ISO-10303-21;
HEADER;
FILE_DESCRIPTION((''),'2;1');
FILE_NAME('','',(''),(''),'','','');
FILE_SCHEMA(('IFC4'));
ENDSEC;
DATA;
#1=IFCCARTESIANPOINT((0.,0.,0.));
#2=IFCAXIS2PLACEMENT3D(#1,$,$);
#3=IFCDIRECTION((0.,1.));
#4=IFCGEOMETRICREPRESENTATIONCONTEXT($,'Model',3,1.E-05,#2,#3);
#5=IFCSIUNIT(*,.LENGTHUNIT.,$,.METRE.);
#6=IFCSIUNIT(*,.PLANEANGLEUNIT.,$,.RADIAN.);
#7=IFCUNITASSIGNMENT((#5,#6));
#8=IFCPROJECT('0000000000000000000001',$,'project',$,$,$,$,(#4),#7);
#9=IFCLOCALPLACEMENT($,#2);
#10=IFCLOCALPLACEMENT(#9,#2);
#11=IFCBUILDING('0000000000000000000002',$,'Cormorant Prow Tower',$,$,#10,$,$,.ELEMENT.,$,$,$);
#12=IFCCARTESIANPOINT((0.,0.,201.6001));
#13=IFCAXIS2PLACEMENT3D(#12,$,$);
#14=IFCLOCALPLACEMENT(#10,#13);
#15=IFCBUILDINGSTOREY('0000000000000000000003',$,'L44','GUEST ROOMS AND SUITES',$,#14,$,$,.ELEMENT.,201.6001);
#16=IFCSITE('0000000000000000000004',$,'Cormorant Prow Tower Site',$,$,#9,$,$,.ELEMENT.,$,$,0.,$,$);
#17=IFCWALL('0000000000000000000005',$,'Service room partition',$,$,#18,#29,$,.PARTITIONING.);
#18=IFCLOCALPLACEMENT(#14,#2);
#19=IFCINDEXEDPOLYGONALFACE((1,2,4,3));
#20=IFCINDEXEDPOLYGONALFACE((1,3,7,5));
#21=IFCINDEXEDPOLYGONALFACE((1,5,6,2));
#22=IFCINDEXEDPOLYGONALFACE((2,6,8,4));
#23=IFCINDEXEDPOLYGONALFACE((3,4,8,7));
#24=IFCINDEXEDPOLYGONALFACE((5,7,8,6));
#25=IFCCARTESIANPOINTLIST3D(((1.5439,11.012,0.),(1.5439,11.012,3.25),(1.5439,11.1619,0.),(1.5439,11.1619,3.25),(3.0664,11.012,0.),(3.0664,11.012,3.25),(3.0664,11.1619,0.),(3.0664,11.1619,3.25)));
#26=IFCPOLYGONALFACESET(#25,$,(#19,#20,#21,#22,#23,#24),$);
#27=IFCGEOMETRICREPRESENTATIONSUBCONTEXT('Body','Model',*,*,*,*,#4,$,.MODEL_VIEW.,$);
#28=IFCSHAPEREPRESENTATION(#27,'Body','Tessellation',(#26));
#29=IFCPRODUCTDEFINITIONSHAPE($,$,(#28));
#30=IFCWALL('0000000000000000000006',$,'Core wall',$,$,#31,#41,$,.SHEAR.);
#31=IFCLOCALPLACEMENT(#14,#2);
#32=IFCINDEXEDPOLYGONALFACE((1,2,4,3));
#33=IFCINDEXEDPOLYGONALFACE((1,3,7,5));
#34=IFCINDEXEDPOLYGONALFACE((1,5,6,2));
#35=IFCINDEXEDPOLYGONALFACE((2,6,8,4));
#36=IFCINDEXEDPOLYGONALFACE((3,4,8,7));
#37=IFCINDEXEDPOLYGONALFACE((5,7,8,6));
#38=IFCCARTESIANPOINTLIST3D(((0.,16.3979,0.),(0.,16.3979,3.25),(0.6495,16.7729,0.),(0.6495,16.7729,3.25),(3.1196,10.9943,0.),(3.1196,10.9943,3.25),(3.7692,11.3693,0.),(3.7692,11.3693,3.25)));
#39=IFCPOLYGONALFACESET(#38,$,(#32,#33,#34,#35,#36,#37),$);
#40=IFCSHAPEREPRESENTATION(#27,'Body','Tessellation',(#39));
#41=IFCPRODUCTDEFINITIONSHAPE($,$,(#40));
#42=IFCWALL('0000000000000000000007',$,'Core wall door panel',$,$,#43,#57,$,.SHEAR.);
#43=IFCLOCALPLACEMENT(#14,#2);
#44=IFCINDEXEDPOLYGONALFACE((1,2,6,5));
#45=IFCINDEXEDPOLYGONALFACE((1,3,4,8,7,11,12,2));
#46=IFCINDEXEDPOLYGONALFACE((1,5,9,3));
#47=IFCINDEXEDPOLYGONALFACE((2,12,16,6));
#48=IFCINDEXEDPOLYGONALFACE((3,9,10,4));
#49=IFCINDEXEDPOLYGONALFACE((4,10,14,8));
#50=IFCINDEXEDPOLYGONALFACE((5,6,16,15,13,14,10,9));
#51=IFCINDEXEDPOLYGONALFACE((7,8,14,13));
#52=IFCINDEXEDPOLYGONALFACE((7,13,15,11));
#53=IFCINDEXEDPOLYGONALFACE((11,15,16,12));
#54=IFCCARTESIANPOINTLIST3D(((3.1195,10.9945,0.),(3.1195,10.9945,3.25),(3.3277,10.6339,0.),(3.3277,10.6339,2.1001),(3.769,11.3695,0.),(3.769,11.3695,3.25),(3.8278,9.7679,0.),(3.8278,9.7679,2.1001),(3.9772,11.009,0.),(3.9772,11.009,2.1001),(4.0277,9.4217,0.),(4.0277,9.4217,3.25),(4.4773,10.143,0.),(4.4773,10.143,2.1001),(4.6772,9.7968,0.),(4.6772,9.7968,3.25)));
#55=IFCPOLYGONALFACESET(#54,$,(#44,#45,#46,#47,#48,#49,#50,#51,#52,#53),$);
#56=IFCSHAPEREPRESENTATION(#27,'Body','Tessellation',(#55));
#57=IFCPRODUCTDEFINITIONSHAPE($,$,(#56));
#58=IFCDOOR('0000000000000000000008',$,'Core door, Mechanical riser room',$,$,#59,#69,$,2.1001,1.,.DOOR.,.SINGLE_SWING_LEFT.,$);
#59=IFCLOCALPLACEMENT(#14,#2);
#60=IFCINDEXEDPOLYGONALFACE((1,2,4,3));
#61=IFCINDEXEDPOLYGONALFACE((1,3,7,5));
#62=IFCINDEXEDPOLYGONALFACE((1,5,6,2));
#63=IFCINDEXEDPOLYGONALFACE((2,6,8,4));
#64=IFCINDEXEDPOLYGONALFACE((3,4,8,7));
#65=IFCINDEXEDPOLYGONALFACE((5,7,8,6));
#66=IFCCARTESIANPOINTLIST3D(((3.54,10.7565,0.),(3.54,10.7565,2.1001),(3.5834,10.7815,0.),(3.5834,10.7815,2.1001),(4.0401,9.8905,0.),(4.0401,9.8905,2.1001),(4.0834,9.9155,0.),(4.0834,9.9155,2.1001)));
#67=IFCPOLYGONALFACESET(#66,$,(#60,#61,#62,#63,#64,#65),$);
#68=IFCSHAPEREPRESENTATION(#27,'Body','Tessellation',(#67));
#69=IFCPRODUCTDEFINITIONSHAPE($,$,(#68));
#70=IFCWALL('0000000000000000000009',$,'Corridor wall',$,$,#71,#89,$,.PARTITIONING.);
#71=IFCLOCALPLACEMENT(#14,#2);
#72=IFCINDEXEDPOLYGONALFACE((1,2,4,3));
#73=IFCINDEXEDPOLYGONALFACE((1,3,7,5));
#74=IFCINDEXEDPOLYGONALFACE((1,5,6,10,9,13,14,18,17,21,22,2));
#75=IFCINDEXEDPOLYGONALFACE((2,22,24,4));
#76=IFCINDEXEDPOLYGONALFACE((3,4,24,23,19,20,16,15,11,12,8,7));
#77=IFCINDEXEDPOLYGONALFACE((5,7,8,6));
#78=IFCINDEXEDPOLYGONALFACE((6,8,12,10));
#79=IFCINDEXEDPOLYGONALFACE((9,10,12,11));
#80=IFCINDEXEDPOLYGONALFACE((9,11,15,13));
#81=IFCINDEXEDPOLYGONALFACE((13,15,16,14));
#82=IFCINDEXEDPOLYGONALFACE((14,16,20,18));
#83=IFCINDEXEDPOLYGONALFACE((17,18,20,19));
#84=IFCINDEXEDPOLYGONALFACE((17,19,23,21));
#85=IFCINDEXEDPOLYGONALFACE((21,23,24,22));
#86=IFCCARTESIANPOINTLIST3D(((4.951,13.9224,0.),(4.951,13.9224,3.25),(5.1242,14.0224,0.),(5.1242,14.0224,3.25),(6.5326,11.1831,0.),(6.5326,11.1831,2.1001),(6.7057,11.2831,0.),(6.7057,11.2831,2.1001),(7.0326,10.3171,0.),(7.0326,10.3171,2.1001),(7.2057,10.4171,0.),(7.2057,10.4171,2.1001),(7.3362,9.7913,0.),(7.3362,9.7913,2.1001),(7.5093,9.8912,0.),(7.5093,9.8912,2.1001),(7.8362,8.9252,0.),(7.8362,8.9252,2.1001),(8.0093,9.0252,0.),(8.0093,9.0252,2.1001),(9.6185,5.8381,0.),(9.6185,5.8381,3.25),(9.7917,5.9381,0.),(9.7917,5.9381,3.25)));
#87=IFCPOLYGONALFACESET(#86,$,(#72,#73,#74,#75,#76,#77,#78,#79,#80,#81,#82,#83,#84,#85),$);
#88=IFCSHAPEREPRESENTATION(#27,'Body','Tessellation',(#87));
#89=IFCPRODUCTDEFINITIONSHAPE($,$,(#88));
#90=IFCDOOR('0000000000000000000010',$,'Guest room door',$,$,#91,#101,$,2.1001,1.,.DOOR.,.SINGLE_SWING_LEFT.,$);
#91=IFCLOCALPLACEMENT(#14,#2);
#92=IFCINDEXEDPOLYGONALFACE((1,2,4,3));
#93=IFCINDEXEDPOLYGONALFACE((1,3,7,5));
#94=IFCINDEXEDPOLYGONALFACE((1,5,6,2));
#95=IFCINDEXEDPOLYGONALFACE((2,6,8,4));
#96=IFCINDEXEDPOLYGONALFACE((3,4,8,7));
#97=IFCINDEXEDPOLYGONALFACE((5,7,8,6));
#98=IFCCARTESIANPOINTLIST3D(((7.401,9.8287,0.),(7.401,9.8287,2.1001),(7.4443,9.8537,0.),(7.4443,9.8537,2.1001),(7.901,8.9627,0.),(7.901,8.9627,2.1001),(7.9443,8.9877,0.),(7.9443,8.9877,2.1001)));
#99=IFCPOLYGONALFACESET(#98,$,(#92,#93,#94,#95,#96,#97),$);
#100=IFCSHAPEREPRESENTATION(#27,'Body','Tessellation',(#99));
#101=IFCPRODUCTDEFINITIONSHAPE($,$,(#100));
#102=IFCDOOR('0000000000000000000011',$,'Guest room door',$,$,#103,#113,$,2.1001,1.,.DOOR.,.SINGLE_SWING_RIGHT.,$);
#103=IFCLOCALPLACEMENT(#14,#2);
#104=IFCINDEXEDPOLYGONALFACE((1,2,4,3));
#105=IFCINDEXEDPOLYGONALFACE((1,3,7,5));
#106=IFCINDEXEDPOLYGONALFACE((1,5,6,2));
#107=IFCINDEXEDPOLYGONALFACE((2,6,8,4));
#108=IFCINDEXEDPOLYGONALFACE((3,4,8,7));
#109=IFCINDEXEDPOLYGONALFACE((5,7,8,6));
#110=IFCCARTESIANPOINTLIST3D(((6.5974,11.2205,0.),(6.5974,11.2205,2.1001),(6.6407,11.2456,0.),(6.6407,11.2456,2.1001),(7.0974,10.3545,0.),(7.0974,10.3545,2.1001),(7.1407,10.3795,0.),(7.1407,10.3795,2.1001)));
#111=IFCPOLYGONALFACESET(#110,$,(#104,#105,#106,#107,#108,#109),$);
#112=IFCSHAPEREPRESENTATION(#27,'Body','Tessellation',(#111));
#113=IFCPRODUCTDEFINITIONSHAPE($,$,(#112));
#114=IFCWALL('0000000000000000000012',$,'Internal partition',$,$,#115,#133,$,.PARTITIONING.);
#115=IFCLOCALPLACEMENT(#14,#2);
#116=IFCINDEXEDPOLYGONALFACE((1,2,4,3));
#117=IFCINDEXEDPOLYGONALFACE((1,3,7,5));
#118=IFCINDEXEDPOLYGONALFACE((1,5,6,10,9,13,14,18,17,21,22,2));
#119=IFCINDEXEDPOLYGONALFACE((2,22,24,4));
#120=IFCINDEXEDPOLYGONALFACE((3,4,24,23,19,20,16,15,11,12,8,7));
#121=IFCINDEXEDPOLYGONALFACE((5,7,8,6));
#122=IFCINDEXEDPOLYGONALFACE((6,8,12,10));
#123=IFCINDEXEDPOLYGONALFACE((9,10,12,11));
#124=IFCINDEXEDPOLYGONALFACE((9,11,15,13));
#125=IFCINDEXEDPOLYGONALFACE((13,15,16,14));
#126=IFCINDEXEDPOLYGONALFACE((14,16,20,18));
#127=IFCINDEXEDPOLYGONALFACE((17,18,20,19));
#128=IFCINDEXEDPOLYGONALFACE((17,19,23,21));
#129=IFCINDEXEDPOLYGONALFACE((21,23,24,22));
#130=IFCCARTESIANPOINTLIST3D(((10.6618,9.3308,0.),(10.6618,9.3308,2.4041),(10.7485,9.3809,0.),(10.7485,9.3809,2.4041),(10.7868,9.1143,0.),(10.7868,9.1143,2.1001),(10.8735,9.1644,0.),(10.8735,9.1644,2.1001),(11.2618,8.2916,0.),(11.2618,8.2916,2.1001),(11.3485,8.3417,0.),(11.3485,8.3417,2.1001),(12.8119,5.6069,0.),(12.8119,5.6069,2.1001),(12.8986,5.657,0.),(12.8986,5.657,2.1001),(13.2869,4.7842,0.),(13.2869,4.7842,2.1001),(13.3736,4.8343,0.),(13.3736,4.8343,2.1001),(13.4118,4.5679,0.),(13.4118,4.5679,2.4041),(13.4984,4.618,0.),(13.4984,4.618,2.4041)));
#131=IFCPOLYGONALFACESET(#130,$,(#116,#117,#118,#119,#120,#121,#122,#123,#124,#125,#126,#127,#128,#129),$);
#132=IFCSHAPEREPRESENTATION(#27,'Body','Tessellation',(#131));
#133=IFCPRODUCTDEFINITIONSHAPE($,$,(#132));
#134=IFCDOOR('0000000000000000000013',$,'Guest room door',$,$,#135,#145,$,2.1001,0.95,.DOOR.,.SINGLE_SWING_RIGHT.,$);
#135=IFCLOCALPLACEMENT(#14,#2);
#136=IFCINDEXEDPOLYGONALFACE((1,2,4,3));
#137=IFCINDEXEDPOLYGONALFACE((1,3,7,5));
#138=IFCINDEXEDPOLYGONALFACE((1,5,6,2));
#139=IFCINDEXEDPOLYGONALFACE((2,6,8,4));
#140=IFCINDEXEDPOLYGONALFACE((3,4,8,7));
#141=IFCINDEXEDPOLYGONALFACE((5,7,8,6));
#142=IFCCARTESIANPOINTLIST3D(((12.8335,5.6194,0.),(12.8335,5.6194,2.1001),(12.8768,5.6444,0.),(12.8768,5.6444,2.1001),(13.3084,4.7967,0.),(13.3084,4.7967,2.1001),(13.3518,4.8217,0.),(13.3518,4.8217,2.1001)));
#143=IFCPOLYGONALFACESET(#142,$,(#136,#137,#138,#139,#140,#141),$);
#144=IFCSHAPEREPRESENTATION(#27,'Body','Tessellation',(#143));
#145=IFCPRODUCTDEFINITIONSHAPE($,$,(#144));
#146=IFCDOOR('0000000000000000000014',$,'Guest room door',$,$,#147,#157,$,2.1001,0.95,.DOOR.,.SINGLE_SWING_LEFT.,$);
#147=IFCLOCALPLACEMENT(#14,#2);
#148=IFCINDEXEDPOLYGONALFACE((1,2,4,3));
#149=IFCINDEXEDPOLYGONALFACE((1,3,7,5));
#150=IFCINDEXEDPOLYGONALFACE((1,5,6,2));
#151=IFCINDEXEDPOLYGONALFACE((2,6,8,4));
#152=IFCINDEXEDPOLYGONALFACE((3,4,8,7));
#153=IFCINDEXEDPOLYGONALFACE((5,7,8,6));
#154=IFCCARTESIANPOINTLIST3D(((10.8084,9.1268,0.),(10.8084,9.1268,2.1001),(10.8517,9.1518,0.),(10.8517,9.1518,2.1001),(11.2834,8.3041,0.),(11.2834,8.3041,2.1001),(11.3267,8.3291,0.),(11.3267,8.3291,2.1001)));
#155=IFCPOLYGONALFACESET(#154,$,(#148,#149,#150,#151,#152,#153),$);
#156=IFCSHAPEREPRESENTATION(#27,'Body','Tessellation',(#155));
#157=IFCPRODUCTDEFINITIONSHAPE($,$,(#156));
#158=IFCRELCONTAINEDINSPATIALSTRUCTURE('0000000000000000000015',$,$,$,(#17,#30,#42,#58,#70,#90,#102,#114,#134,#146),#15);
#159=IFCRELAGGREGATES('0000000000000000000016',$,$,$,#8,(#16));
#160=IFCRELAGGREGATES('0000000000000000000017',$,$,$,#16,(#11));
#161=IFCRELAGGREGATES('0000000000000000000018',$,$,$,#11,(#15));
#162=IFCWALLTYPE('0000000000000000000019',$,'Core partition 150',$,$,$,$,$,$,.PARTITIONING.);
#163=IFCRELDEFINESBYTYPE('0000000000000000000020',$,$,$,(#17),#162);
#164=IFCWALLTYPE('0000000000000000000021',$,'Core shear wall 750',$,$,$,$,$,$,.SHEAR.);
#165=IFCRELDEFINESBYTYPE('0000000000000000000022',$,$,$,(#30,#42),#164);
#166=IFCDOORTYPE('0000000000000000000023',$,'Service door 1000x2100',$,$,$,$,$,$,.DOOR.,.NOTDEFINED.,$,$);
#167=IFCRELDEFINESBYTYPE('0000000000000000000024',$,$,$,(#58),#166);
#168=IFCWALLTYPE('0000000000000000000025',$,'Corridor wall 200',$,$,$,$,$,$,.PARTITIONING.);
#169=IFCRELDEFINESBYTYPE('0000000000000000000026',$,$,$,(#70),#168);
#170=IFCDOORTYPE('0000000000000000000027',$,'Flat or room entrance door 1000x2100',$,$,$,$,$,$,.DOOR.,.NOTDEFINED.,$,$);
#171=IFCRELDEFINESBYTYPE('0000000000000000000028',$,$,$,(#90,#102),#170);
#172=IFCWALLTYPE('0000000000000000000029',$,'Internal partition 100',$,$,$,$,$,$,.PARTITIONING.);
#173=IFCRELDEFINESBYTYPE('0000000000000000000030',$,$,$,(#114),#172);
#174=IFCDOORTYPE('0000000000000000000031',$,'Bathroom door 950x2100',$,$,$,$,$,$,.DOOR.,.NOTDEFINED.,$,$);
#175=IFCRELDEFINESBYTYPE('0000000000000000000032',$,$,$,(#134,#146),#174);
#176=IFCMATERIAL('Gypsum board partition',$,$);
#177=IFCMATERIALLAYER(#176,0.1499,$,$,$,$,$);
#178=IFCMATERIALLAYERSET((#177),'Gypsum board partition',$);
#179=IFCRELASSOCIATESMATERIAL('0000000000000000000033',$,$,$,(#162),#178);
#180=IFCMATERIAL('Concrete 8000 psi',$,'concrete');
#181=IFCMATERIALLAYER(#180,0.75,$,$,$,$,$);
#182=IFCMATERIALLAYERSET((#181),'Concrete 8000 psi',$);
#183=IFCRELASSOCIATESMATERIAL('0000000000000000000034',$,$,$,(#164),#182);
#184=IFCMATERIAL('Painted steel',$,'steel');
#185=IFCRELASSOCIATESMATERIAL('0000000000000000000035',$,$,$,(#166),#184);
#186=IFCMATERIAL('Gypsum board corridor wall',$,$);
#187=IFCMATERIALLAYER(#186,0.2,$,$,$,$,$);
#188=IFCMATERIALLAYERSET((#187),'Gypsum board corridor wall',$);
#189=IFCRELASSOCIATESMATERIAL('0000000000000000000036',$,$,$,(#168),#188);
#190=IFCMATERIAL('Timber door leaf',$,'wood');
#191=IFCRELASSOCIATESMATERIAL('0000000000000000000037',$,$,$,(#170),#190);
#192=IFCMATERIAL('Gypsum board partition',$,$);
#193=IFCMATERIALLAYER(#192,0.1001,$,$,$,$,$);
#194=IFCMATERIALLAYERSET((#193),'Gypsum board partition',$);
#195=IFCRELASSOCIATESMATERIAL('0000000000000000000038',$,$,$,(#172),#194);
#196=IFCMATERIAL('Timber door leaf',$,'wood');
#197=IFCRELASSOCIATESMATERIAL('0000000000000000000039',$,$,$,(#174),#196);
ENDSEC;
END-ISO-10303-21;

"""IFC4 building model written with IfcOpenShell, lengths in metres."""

from ifc_helpers import new_model, si_unit, direction, frame, frame_2d, origin, place, context, subcontext, project, spatial, rectangle, extrude, material, layer, layer_set, type_object, element, fill, save


model = new_model("IFC4")

# Units and contexts
model_context = context("Model", 3, precision=1e-05, world=origin(), true_north=direction((0.0, 1.0)))
body_context = subcontext(model_context, "Body", "Model", "MODEL_VIEW")
ifc_project = project(units=[si_unit("LENGTHUNIT", "METRE"), si_unit("PLANEANGLEUNIT", "RADIAN")], contexts=[model_context])

# Site, building, storey
site_placement = place(None, origin())
site = spatial("IfcSite", under=ifc_project, at=site_placement, Name="Cormorant Prow Tower Site", CompositionType="ELEMENT", RefElevation=0.0)
building_placement = place(site_placement, origin())
building = spatial("IfcBuilding", under=site, at=building_placement, Name="Cormorant Prow Tower", CompositionType="ELEMENT")
storey_placement = place(building_placement, frame((0.0, 0.0, 201.6001)))
storey = spatial("IfcBuildingStorey", under=building, at=storey_placement, Name="L44", Description="GUEST ROOMS AND SUITES", CompositionType="ELEMENT", Elevation=201.6001)

# Walls
ifc_material_1 = material(Name="Gypsum board partition")
ifc_layer_1 = layer(ifc_material_1, 0.1499)
ifc_layer_set_1 = layer_set([ifc_layer_1], Name="Gypsum board partition")
wall_type_1 = type_object("IfcWallType", Name="Core partition 150", PredefinedType="PARTITIONING", material=ifc_layer_set_1)
wall_1_placement = place(storey_placement, frame((1.5439, 11.0869, 0.0), z_axis=(0.0, 0.0, 1.0), x_axis=(1.0, 0.0, 0.0)))
element("IfcWall", 1, at=wall_1_placement, inside=storey, type_object=wall_type_1, Name="Service room partition", PredefinedType="PARTITIONING", context=body_context, shape_type="SweptSolid", body=[
    extrude(rectangle(XDim=1.5225, YDim=0.1499, at=frame_2d((0.7612, 0.0))), origin(), (0.0, 0.0, 1.0), 3.25),
])
ifc_material_2 = material(Name="Concrete 8000 psi", Category="concrete")
ifc_layer_2 = layer(ifc_material_2, 0.75)
ifc_layer_set_2 = layer_set([ifc_layer_2], Name="Concrete 8000 psi")
wall_type_2 = type_object("IfcWallType", Name="Core shear wall 750", PredefinedType="SHEAR", material=ifc_layer_set_2)
wall_2_placement = place(storey_placement, frame((3.4443, 11.1819, 0.0), z_axis=(0.0, 0.0, 1.0), x_axis=(-0.499986, 0.866034, 0.0)))
element("IfcWall", 2, at=wall_2_placement, inside=storey, type_object=wall_type_2, Name="Core wall", PredefinedType="SHEAR", context=body_context, shape_type="SweptSolid", body=[
    extrude(rectangle(XDim=6.2395, YDim=0.75, at=frame_2d((3.1196, 0.0))), origin(), (0.0, 0.0, 1.0), 3.25),
])

# Wall, opening, door
wall_3_placement = place(storey_placement, frame((4.3525, 9.6091, 0.0), z_axis=(0.0, 0.0, 1.0), x_axis=(-0.500072, 0.865984, 0.0)))
wall_3 = element("IfcWall", 3, at=wall_3_placement, inside=storey, type_object=wall_type_2, Name="Core wall door panel", PredefinedType="SHEAR", context=body_context, shape_type="SweptSolid", body=[
    extrude(rectangle(XDim=1.8162, YDim=0.75, at=frame_2d((0.9082, 0.0))), origin(), (0.0, 0.0, 1.0), 3.25),
])
opening_1_placement = place(wall_3_placement, frame((0.3999, 0.0, 0.0)))
opening_1 = element("IfcOpeningElement", 4, at=opening_1_placement, cuts=wall_3, PredefinedType="OPENING", context=body_context, shape_type="SweptSolid", body=[
    extrude(rectangle(XDim=1.0, YDim=2.1001, at=frame_2d((0.5, 1.05))), frame((0.0, 0.385, 0.0), z_axis=(0.0, -1.0, 0.0), x_axis=(1.0, 0.0, 0.0)), (0.0, 0.0, 1.0), 0.77),
])
ifc_material_3 = material(Name="Painted steel", Category="steel")
door_type_1 = type_object("IfcDoorType", Name="Service door 1000x2100", OperationType="NOTDEFINED", PredefinedType="DOOR", material=ifc_material_3)
door_1_placement = place(opening_1_placement, origin())
door_1 = element("IfcDoor", 5, at=door_1_placement, inside=storey, type_object=door_type_1, Name="Core door, Mechanical riser room", OperationType="SINGLE_SWING_LEFT", OverallHeight=2.1001, OverallWidth=1.0, PredefinedType="DOOR", context=body_context, shape_type="SweptSolid", body=[
    extrude(rectangle(XDim=1.0, YDim=2.1001, at=frame_2d((0.5, 1.05))), frame((0.0, 0.1299, 0.0), z_axis=(0.0, -1.0, 0.0), x_axis=(1.0, 0.0, 0.0)), (0.0, 0.0, 1.0), 0.05),
])
fill(opening_1, door_1)

# Walls, openings, doors
ifc_material_4 = material(Name="Gypsum board corridor wall")
ifc_layer_3 = layer(ifc_material_4, 0.2)
ifc_layer_set_3 = layer_set([ifc_layer_3], Name="Gypsum board corridor wall")
wall_type_3 = type_object("IfcWallType", Name="Corridor wall 200", PredefinedType="PARTITIONING", material=ifc_layer_set_3)
wall_4_placement = place(storey_placement, frame((5.0376, 13.9724, 0.0), z_axis=(0.0, 0.0, 1.0), x_axis=(0.500004, -0.866023, 0.0)))
wall_4 = element("IfcWall", 6, at=wall_4_placement, inside=storey, type_object=wall_type_3, Name="Corridor wall", PredefinedType="PARTITIONING", context=body_context, shape_type="SweptSolid", body=[
    extrude(rectangle(XDim=9.335, YDim=0.2, at=frame_2d((4.6675, 0.0))), origin(), (0.0, 0.0, 1.0), 3.25),
])
opening_2_placement = place(wall_4_placement, frame((4.7703, 0.0, 0.0)))
opening_2 = element("IfcOpeningElement", 7, at=opening_2_placement, cuts=wall_4, PredefinedType="OPENING", context=body_context, shape_type="SweptSolid", body=[
    extrude(rectangle(XDim=1.0, YDim=2.1001, at=frame_2d((0.5, 1.05))), frame((0.0, 0.1099, 0.0), z_axis=(0.0, -1.0, 0.0), x_axis=(1.0, 0.0, 0.0)), (0.0, 0.0, 1.0), 0.22),
])
opening_3_placement = place(wall_4_placement, frame((3.1631, 0.0, 0.0)))
opening_3 = element("IfcOpeningElement", 8, at=opening_3_placement, cuts=wall_4, PredefinedType="OPENING", context=body_context, shape_type="SweptSolid", body=[
    extrude(rectangle(XDim=1.0, YDim=2.1001, at=frame_2d((0.5, 1.05))), frame((0.0, 0.1099, 0.0), z_axis=(0.0, -1.0, 0.0), x_axis=(1.0, 0.0, 0.0)), (0.0, 0.0, 1.0), 0.22),
])
ifc_material_5 = material(Name="Timber door leaf", Category="wood")
door_type_2 = type_object("IfcDoorType", Name="Flat or room entrance door 1000x2100", OperationType="NOTDEFINED", PredefinedType="DOOR", material=ifc_material_5)
door_2_placement = place(opening_2_placement, origin())
door_2 = element("IfcDoor", 9, at=door_2_placement, inside=storey, type_object=door_type_2, Name="Guest room door", OperationType="SINGLE_SWING_LEFT", OverallHeight=2.1001, OverallWidth=1.0, PredefinedType="DOOR", context=body_context, shape_type="SweptSolid", body=[
    extrude(rectangle(XDim=1.0, YDim=2.1001, at=frame_2d((0.5, 1.05))), frame((0.0, 0.0249, 0.0), z_axis=(0.0, -1.0, 0.0), x_axis=(1.0, 0.0, 0.0)), (0.0, 0.0, 1.0), 0.05),
])
fill(opening_2, door_2)
door_3_placement = place(opening_3_placement, origin())
door_3 = element("IfcDoor", 10, at=door_3_placement, inside=storey, type_object=door_type_2, Name="Guest room door", OperationType="SINGLE_SWING_RIGHT", OverallHeight=2.1001, OverallWidth=1.0, PredefinedType="DOOR", context=body_context, shape_type="SweptSolid", body=[
    extrude(rectangle(XDim=1.0, YDim=2.1001, at=frame_2d((0.5, 1.05))), frame((0.0, 0.0249, 0.0), z_axis=(0.0, -1.0, 0.0), x_axis=(1.0, 0.0, 0.0)), (0.0, 0.0, 1.0), 0.05),
])
fill(opening_3, door_3)
ifc_material_6 = material(Name="Gypsum board partition")
ifc_layer_4 = layer(ifc_material_6, 0.1001)
ifc_layer_set_4 = layer_set([ifc_layer_4], Name="Gypsum board partition")
wall_type_4 = type_object("IfcWallType", Name="Internal partition 100", PredefinedType="PARTITIONING", material=ifc_layer_set_4)
wall_5_placement = place(storey_placement, frame((10.7051, 9.356, 0.0), z_axis=(0.0, 0.0, 1.0), x_axis=(0.500016, -0.866016, 0.0)))
wall_5 = element("IfcWall", 11, at=wall_5_placement, inside=storey, type_object=wall_type_4, Name="Internal partition", PredefinedType="PARTITIONING", context=body_context, shape_type="SweptSolid", body=[
    extrude(rectangle(XDim=5.4998, YDim=0.1001, at=frame_2d((2.75, 0.0))), origin(), (0.0, 0.0, 1.0), 2.4041),
])
opening_4_placement = place(wall_5_placement, frame((4.3, 0.0, 0.0)))
opening_4 = element("IfcOpeningElement", 12, at=opening_4_placement, cuts=wall_5, PredefinedType="OPENING", context=body_context, shape_type="SweptSolid", body=[
    extrude(rectangle(XDim=0.95, YDim=2.1001, at=frame_2d((0.4751, 1.05))), frame((0.0, 0.0601, 0.0), z_axis=(0.0, -1.0, 0.0), x_axis=(1.0, 0.0, 0.0)), (0.0, 0.0, 1.0), 0.1201),
])
opening_5_placement = place(wall_5_placement, frame((0.25, 0.0, 0.0)))
opening_5 = element("IfcOpeningElement", 13, at=opening_5_placement, cuts=wall_5, PredefinedType="OPENING", context=body_context, shape_type="SweptSolid", body=[
    extrude(rectangle(XDim=0.95, YDim=2.1001, at=frame_2d((0.4751, 1.05))), frame((0.0, 0.0601, 0.0), z_axis=(0.0, -1.0, 0.0), x_axis=(1.0, 0.0, 0.0)), (0.0, 0.0, 1.0), 0.1201),
])
ifc_material_7 = material(Name="Timber door leaf", Category="wood")
door_type_3 = type_object("IfcDoorType", Name="Bathroom door 950x2100", OperationType="NOTDEFINED", PredefinedType="DOOR", material=ifc_material_7)
door_4_placement = place(opening_4_placement, origin())
door_4 = element("IfcDoor", 14, at=door_4_placement, inside=storey, type_object=door_type_3, Name="Guest room door", OperationType="SINGLE_SWING_RIGHT", OverallHeight=2.1001, OverallWidth=0.95, PredefinedType="DOOR", context=body_context, shape_type="SweptSolid", body=[
    extrude(rectangle(XDim=0.95, YDim=2.1001, at=frame_2d((0.4751, 1.05))), frame((0.0, 0.0249, 0.0), z_axis=(0.0, -1.0, 0.0), x_axis=(1.0, 0.0, 0.0)), (0.0, 0.0, 1.0), 0.05),
])
fill(opening_4, door_4)
door_5_placement = place(opening_5_placement, origin())
door_5 = element("IfcDoor", 15, at=door_5_placement, inside=storey, type_object=door_type_3, Name="Guest room door", OperationType="SINGLE_SWING_LEFT", OverallHeight=2.1001, OverallWidth=0.95, PredefinedType="DOOR", context=body_context, shape_type="SweptSolid", body=[
    extrude(rectangle(XDim=0.95, YDim=2.1001, at=frame_2d((0.4751, 1.05))), frame((0.0, 0.0249, 0.0), z_axis=(0.0, -1.0, 0.0), x_axis=(1.0, 0.0, 0.0)), (0.0, 0.0, 1.0), 0.05),
])
fill(opening_5, door_5)

save(model, "model.ifc")
